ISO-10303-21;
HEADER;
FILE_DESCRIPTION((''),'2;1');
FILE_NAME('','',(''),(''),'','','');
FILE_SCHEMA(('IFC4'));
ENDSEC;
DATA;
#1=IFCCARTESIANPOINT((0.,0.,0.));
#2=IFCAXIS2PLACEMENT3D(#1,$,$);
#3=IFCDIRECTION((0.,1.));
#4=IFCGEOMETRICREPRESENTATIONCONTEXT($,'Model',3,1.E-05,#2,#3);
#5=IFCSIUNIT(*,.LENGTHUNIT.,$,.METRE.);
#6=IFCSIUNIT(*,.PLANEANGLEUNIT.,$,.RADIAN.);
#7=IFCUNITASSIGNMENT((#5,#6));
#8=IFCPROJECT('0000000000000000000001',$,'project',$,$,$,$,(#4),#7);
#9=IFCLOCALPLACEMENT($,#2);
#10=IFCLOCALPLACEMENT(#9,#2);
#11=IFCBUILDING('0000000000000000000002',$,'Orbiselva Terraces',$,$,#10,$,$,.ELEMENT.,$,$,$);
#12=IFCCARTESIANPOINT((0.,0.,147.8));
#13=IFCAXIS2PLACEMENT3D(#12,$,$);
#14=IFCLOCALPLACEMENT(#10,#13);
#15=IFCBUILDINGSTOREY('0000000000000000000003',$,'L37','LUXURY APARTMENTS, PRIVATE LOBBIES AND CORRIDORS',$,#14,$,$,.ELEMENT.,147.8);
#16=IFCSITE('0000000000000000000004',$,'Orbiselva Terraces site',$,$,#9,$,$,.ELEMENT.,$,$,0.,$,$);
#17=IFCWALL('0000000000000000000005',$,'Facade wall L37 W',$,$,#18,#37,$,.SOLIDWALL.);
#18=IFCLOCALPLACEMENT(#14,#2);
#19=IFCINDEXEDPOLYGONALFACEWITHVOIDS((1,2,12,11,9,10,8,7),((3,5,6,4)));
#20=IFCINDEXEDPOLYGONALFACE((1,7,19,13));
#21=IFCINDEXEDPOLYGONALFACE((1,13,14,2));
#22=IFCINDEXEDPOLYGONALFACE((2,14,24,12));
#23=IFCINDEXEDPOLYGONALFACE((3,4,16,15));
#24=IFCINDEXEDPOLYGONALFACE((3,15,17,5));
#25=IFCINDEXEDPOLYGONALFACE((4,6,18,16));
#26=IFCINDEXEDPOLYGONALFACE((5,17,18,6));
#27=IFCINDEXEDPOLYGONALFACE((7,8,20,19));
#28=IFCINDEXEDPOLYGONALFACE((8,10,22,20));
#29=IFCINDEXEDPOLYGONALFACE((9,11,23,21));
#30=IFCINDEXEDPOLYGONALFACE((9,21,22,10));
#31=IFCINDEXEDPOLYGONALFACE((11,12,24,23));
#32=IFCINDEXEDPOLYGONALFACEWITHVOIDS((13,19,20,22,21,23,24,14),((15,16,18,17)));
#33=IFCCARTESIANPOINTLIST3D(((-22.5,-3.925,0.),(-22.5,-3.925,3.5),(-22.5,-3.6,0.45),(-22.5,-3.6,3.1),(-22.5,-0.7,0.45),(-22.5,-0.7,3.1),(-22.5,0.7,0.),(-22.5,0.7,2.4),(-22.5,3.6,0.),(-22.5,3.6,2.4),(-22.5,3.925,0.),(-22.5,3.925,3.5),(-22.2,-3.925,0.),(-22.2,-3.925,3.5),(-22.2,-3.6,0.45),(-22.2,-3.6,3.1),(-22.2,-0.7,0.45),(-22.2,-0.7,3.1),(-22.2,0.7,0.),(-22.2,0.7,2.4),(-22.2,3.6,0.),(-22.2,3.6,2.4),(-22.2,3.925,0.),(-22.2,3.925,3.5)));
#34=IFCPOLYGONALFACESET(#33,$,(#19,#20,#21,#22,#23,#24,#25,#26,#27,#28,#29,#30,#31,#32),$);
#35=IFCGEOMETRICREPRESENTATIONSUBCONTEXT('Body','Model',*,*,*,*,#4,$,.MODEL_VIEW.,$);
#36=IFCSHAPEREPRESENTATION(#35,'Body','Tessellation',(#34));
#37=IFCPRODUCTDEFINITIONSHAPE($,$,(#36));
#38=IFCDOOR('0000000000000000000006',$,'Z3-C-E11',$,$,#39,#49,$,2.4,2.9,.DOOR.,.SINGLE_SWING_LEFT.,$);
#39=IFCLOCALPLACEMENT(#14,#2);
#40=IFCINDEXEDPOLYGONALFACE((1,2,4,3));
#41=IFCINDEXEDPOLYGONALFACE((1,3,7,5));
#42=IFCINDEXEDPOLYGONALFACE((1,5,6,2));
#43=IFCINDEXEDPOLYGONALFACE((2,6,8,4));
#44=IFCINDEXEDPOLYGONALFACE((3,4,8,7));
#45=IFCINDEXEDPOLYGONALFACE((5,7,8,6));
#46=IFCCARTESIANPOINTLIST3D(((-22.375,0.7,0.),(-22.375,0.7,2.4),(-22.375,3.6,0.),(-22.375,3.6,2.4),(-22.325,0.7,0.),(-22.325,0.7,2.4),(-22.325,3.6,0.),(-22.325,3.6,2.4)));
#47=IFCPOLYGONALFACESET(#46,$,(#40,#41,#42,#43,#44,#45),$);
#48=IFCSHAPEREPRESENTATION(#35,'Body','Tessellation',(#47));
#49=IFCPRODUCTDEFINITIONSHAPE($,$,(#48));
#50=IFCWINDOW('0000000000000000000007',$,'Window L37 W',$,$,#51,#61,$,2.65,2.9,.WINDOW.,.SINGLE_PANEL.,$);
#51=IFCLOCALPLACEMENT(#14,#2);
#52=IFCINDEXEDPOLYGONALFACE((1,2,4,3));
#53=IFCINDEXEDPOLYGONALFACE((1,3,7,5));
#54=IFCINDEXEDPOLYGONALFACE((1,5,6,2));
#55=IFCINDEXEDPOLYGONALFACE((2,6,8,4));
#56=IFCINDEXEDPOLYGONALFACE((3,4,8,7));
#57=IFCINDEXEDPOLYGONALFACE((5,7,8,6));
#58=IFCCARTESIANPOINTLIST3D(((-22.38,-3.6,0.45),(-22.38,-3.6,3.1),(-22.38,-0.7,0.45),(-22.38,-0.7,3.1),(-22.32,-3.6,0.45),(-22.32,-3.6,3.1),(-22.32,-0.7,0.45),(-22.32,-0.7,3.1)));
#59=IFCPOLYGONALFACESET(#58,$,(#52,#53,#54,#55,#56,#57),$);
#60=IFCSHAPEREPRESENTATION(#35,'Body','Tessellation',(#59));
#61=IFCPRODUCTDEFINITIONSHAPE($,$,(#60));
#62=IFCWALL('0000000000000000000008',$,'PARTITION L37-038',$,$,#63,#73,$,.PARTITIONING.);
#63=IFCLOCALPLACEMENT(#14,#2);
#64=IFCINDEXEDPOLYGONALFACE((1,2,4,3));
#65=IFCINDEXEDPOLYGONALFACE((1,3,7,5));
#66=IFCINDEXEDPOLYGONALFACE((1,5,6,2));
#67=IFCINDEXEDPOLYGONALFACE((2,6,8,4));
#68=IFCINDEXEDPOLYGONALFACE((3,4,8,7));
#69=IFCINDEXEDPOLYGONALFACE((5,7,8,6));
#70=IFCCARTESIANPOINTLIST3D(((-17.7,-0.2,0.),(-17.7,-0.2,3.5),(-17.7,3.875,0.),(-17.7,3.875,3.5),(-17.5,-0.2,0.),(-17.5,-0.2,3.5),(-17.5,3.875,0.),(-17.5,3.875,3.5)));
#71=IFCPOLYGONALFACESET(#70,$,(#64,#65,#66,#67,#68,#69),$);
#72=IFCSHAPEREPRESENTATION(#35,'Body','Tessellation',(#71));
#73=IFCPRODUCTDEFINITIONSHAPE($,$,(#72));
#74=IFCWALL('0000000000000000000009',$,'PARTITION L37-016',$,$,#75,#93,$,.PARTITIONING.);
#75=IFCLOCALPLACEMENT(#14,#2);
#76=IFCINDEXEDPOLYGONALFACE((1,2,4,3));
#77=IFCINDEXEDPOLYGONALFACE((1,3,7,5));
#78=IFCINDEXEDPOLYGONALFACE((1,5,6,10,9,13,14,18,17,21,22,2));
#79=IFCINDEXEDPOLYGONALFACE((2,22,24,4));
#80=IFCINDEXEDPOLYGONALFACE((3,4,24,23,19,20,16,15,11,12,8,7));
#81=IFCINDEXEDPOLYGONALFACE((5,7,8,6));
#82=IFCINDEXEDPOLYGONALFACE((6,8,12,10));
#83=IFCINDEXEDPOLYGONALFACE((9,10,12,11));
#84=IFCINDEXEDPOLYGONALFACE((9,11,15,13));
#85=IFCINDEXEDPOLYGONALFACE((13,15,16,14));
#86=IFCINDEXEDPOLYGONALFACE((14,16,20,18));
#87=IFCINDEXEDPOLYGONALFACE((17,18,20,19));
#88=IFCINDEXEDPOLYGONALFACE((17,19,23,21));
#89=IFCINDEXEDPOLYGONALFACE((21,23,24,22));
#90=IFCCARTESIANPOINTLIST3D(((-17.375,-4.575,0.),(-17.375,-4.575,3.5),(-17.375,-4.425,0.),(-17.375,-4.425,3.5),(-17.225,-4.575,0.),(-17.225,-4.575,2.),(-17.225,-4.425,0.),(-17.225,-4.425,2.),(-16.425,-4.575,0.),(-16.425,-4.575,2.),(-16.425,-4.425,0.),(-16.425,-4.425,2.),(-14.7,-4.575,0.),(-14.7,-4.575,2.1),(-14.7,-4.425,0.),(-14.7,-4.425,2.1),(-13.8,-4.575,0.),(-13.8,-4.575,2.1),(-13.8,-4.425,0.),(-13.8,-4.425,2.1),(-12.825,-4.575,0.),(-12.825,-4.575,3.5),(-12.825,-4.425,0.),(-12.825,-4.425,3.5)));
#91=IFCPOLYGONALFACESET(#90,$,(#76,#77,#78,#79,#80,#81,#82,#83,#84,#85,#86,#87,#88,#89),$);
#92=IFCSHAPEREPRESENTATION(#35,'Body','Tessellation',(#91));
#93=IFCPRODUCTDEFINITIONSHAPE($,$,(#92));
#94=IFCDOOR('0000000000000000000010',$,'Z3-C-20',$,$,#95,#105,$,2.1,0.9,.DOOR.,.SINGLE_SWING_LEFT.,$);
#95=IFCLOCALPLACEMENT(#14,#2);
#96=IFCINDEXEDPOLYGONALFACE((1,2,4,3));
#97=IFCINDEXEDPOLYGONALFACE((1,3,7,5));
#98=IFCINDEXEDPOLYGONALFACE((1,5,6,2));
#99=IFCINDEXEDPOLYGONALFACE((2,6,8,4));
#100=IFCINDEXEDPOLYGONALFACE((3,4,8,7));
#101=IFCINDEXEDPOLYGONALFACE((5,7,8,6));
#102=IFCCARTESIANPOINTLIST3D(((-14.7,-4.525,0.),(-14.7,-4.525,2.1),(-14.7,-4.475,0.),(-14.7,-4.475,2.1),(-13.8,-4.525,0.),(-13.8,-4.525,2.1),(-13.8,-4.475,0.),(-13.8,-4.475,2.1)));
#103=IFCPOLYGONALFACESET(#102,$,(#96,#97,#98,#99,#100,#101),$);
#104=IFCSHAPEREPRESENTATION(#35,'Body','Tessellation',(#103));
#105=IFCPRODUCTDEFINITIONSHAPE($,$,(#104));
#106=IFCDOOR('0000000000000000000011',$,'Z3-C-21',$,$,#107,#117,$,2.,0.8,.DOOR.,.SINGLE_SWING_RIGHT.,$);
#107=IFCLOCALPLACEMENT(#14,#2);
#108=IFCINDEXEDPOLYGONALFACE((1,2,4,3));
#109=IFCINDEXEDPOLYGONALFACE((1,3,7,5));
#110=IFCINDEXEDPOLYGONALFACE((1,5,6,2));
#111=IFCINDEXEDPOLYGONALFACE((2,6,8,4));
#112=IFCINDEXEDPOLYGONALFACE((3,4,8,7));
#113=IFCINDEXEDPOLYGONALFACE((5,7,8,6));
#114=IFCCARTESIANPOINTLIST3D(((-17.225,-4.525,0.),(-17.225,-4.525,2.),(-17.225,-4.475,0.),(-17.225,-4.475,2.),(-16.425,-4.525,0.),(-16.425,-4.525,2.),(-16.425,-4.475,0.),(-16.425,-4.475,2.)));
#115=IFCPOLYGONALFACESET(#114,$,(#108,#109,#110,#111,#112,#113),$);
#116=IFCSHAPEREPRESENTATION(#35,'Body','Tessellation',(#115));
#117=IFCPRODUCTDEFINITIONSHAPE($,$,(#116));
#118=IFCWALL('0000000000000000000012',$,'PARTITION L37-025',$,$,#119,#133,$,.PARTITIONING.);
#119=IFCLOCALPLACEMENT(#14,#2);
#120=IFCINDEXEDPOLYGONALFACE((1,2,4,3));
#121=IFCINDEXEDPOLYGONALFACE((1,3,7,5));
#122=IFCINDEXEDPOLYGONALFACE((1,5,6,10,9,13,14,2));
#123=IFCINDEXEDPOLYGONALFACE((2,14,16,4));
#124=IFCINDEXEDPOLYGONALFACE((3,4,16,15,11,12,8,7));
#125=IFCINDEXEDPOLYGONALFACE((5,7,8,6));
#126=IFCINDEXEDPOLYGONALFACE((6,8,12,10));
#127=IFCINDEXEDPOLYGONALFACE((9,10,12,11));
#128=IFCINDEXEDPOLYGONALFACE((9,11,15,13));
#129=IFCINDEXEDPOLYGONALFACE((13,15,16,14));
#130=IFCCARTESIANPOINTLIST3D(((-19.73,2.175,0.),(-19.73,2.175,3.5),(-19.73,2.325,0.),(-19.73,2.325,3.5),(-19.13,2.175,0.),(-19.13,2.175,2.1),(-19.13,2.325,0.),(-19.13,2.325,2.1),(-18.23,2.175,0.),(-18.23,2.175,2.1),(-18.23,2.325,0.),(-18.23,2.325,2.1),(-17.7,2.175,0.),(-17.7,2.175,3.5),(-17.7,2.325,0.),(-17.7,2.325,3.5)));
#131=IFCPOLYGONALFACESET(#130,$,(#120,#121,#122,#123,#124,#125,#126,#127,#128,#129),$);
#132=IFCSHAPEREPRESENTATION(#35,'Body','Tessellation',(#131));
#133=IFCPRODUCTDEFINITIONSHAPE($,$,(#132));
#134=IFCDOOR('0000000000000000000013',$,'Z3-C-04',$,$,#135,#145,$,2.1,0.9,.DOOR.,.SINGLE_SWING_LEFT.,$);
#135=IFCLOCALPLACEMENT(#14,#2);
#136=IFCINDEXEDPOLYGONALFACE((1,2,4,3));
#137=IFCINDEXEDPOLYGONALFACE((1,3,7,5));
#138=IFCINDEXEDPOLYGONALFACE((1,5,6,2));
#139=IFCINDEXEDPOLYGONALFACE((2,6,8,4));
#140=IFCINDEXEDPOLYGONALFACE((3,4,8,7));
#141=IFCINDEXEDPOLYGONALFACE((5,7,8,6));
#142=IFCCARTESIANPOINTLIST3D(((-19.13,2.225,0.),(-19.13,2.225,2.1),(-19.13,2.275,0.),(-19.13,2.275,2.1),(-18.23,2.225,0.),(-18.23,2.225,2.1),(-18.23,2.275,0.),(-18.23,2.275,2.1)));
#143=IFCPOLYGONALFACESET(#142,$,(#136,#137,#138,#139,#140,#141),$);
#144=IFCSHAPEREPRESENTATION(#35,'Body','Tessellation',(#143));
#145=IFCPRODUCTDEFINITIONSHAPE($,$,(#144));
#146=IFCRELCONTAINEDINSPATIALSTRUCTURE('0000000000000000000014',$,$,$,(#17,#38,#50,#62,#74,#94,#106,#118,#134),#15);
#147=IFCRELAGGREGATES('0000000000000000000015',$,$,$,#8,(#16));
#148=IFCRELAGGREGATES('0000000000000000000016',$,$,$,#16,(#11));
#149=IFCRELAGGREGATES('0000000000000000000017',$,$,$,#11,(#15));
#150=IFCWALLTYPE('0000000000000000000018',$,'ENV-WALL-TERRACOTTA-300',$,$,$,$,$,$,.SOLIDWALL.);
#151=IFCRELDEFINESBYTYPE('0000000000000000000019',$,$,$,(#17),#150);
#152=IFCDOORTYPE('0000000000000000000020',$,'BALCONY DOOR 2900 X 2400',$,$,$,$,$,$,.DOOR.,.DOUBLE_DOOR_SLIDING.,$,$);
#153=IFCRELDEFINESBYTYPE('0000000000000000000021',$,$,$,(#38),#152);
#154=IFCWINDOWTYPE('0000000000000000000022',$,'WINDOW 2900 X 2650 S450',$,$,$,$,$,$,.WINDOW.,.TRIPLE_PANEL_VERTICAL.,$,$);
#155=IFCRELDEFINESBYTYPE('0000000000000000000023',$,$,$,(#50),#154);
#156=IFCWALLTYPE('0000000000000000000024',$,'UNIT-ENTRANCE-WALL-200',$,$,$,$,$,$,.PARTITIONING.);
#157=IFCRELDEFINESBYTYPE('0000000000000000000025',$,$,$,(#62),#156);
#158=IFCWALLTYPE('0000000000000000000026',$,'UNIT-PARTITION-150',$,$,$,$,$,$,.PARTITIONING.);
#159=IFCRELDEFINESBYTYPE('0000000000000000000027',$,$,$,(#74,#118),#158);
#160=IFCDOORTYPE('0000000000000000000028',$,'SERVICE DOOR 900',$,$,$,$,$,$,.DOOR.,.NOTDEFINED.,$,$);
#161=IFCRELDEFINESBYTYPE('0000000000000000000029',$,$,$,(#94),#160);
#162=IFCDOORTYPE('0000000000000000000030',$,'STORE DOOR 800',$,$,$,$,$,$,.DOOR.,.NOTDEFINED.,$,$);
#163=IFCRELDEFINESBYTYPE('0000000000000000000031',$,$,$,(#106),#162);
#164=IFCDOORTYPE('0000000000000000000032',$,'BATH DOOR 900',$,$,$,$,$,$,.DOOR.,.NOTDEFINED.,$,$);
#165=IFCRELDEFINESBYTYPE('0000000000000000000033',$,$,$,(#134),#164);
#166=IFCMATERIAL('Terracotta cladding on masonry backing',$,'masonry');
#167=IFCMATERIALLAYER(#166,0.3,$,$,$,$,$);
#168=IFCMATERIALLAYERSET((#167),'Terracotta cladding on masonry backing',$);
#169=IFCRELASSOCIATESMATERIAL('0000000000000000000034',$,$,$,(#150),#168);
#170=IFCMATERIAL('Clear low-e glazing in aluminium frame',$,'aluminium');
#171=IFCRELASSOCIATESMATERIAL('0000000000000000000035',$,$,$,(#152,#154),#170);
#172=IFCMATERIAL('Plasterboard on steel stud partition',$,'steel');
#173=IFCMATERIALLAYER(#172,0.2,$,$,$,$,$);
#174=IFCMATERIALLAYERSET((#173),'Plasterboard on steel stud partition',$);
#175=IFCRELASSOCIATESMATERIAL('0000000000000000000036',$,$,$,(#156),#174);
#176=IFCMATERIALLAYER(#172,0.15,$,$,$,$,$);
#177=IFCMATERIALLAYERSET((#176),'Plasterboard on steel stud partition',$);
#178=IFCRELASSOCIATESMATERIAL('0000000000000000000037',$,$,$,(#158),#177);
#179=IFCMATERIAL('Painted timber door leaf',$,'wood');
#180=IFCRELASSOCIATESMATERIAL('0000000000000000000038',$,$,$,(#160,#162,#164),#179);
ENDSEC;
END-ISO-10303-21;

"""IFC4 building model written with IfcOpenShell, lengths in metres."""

from ifc_helpers import new_model, si_unit, direction, frame, frame_2d, origin, place, context, subcontext, project, spatial, rectangle, extrude, material, layer, layer_set, type_object, element, fill, save


model = new_model("IFC4")

# Units and contexts
model_context = context("Model", 3, precision=1e-05, world=origin(), true_north=direction((0.0, 1.0)))
body_context = subcontext(model_context, "Body", "Model", "MODEL_VIEW")
ifc_project = project(units=[si_unit("LENGTHUNIT", "METRE"), si_unit("PLANEANGLEUNIT", "RADIAN")], contexts=[model_context])

# Site, building, storey
site_placement = place(None, origin())
site = spatial("IfcSite", under=ifc_project, at=site_placement, Name="Orbiselva Terraces site", CompositionType="ELEMENT", RefElevation=0.0)
building_placement = place(site_placement, origin())
building = spatial("IfcBuilding", under=site, at=building_placement, Name="Orbiselva Terraces", CompositionType="ELEMENT")
storey_placement = place(building_placement, frame((0.0, 0.0, 147.8)))
storey = spatial("IfcBuildingStorey", under=building, at=storey_placement, Name="L37", Description="LUXURY APARTMENTS, PRIVATE LOBBIES AND CORRIDORS", CompositionType="ELEMENT", Elevation=147.8)

# Wall, openings, door, window
ifc_material_1 = material(Name="Terracotta cladding on masonry backing", Category="masonry")
ifc_layer_1 = layer(ifc_material_1, 0.3)
ifc_layer_set_1 = layer_set([ifc_layer_1], Name="Terracotta cladding on masonry backing")
wall_type_1 = type_object("IfcWallType", Name="ENV-WALL-TERRACOTTA-300", PredefinedType="SOLIDWALL", material=ifc_layer_set_1)
wall_1_placement = place(storey_placement, frame((-22.35, -3.925, 0.0), z_axis=(0.0, 0.0, 1.0), x_axis=(0.0, 1.0, 0.0)))
wall_1 = element("IfcWall", 1, at=wall_1_placement, inside=storey, type_object=wall_type_1, Name="Facade wall L37 W", PredefinedType="SOLIDWALL", context=body_context, shape_type="SweptSolid", body=[
    extrude(rectangle(XDim=7.85, YDim=0.3, at=frame_2d((3.925, 0.0))), origin(), (0.0, 0.0, 1.0), 3.5),
])
opening_1_placement = place(wall_1_placement, frame((4.625, 0.0, 0.0)))
opening_1 = element("IfcOpeningElement", 2, at=opening_1_placement, cuts=wall_1, PredefinedType="OPENING", context=body_context, shape_type="SweptSolid", body=[
    extrude(rectangle(XDim=2.9, YDim=2.4, at=frame_2d((1.45, 1.2))), frame((0.0, 0.16, 0.0), z_axis=(0.0, -1.0, 0.0), x_axis=(1.0, 0.0, 0.0)), (0.0, 0.0, 1.0), 0.32),
])
opening_2_placement = place(wall_1_placement, frame((0.325, 0.0, 0.45)))
opening_2 = element("IfcOpeningElement", 3, at=opening_2_placement, cuts=wall_1, PredefinedType="OPENING", context=body_context, shape_type="SweptSolid", body=[
    extrude(rectangle(XDim=2.9, YDim=2.65, at=frame_2d((1.45, 1.325))), frame((0.0, 0.16, 0.0), z_axis=(0.0, -1.0, 0.0), x_axis=(1.0, 0.0, 0.0)), (0.0, 0.0, 1.0), 0.32),
])
ifc_material_2 = material(Name="Clear low-e glazing in aluminium frame", Category="aluminium")
door_type_1 = type_object("IfcDoorType", Name="BALCONY DOOR 2900 X 2400", OperationType="DOUBLE_DOOR_SLIDING", PredefinedType="DOOR", material=ifc_material_2)
door_1_placement = place(opening_1_placement, origin())
door_1 = element("IfcDoor", 4, at=door_1_placement, inside=storey, type_object=door_type_1, Name="Z3-C-E11", OperationType="SINGLE_SWING_LEFT", OverallHeight=2.4, OverallWidth=2.9, PredefinedType="DOOR", context=body_context, shape_type="SweptSolid", body=[
    extrude(rectangle(XDim=2.9, YDim=2.4, at=frame_2d((1.45, 1.2))), frame((0.0, 0.025, 0.0), z_axis=(0.0, -1.0, 0.0), x_axis=(1.0, 0.0, 0.0)), (0.0, 0.0, 1.0), 0.05),
])
fill(opening_1, door_1)
window_type = type_object("IfcWindowType", Name="WINDOW 2900 X 2650 S450", PartitioningType="TRIPLE_PANEL_VERTICAL", PredefinedType="WINDOW", material=ifc_material_2)
window_placement = place(opening_2_placement, origin())
window = element("IfcWindow", 5, at=window_placement, inside=storey, type_object=window_type, Name="Window L37 W", OverallHeight=2.65, OverallWidth=2.9, PartitioningType="SINGLE_PANEL", PredefinedType="WINDOW", context=body_context, shape_type="SweptSolid", body=[
    extrude(rectangle(XDim=2.9, YDim=2.65, at=frame_2d((1.45, 1.325))), frame((0.0, 0.03, 0.0), z_axis=(0.0, -1.0, 0.0), x_axis=(1.0, 0.0, 0.0)), (0.0, 0.0, 1.0), 0.06),
])
fill(opening_2, window)

# Wall
ifc_material_3 = material(Name="Plasterboard on steel stud partition", Category="steel")
ifc_layer_2 = layer(ifc_material_3, 0.2)
ifc_layer_set_2 = layer_set([ifc_layer_2], Name="Plasterboard on steel stud partition")
wall_type_2 = type_object("IfcWallType", Name="UNIT-ENTRANCE-WALL-200", PredefinedType="PARTITIONING", material=ifc_layer_set_2)
wall_2_placement = place(storey_placement, frame((-17.6, -0.2, 0.0), z_axis=(0.0, 0.0, 1.0), x_axis=(0.0, 1.0, 0.0)))
element("IfcWall", 6, at=wall_2_placement, inside=storey, type_object=wall_type_2, Name="PARTITION L37-038", PredefinedType="PARTITIONING", context=body_context, shape_type="SweptSolid", body=[
    extrude(rectangle(XDim=4.075, YDim=0.2, at=frame_2d((2.0375, 0.0))), origin(), (0.0, 0.0, 1.0), 3.5),
])

# Wall, openings, doors
ifc_layer_3 = layer(ifc_material_3, 0.15)
ifc_layer_set_3 = layer_set([ifc_layer_3], Name="Plasterboard on steel stud partition")
wall_type_3 = type_object("IfcWallType", Name="UNIT-PARTITION-150", PredefinedType="PARTITIONING", material=ifc_layer_set_3)
wall_3_placement = place(storey_placement, frame((-12.825, -4.5, 0.0), z_axis=(0.0, 0.0, 1.0), x_axis=(-1.0, 0.0, 0.0)))
wall_3 = element("IfcWall", 7, at=wall_3_placement, inside=storey, type_object=wall_type_3, Name="PARTITION L37-016", PredefinedType="PARTITIONING", context=body_context, shape_type="SweptSolid", body=[
    extrude(rectangle(XDim=4.55, YDim=0.15, at=frame_2d((2.275, 0.0))), origin(), (0.0, 0.0, 1.0), 3.5),
])
opening_3_placement = place(wall_3_placement, frame((0.975, 0.0, 0.0)))
opening_3 = element("IfcOpeningElement", 8, at=opening_3_placement, cuts=wall_3, PredefinedType="OPENING", context=body_context, shape_type="SweptSolid", body=[
    extrude(rectangle(XDim=0.9, YDim=2.1, at=frame_2d((0.45, 1.05))), frame((0.0, 0.085, 0.0), z_axis=(0.0, -1.0, 0.0), x_axis=(1.0, 0.0, 0.0)), (0.0, 0.0, 1.0), 0.17),
])
opening_4_placement = place(wall_3_placement, frame((3.6, 0.0, 0.0)))
opening_4 = element("IfcOpeningElement", 9, at=opening_4_placement, cuts=wall_3, PredefinedType="OPENING", context=body_context, shape_type="SweptSolid", body=[
    extrude(rectangle(XDim=0.8, YDim=2.0, at=frame_2d((0.4, 1.0))), frame((0.0, 0.085, 0.0), z_axis=(0.0, -1.0, 0.0), x_axis=(1.0, 0.0, 0.0)), (0.0, 0.0, 1.0), 0.17),
])
ifc_material_4 = material(Name="Painted timber door leaf", Category="wood")
door_type_2 = type_object("IfcDoorType", Name="SERVICE DOOR 900", OperationType="NOTDEFINED", PredefinedType="DOOR", material=ifc_material_4)
door_2_placement = place(opening_3_placement, origin())
door_2 = element("IfcDoor", 10, at=door_2_placement, inside=storey, type_object=door_type_2, Name="Z3-C-20", OperationType="SINGLE_SWING_LEFT", OverallHeight=2.1, OverallWidth=0.9, PredefinedType="DOOR", context=body_context, shape_type="SweptSolid", body=[
    extrude(rectangle(XDim=0.9, YDim=2.1, at=frame_2d((0.45, 1.05))), frame((0.0, 0.025, 0.0), z_axis=(0.0, -1.0, 0.0), x_axis=(1.0, 0.0, 0.0)), (0.0, 0.0, 1.0), 0.05),
])
fill(opening_3, door_2)
door_type_3 = type_object("IfcDoorType", Name="STORE DOOR 800", OperationType="NOTDEFINED", PredefinedType="DOOR", material=ifc_material_4)
door_3_placement = place(opening_4_placement, origin())
door_3 = element("IfcDoor", 11, at=door_3_placement, inside=storey, type_object=door_type_3, Name="Z3-C-21", OperationType="SINGLE_SWING_RIGHT", OverallHeight=2.0, OverallWidth=0.8, PredefinedType="DOOR", context=body_context, shape_type="SweptSolid", body=[
    extrude(rectangle(XDim=0.8, YDim=2.0, at=frame_2d((0.4, 1.0))), frame((0.0, 0.025, 0.0), z_axis=(0.0, -1.0, 0.0), x_axis=(1.0, 0.0, 0.0)), (0.0, 0.0, 1.0), 0.05),
])
fill(opening_4, door_3)

# Wall, opening, door
wall_4_placement = place(storey_placement, frame((-17.7, 2.25, 0.0), z_axis=(0.0, 0.0, 1.0), x_axis=(-1.0, 0.0, 0.0)))
wall_4 = element("IfcWall", 12, at=wall_4_placement, inside=storey, type_object=wall_type_3, Name="PARTITION L37-025", PredefinedType="PARTITIONING", context=body_context, shape_type="SweptSolid", body=[
    extrude(rectangle(XDim=2.03, YDim=0.15, at=frame_2d((1.015, 0.0))), origin(), (0.0, 0.0, 1.0), 3.5),
])
opening_5_placement = place(wall_4_placement, frame((0.53, 0.0, 0.0)))
opening_5 = element("IfcOpeningElement", 13, at=opening_5_placement, cuts=wall_4, PredefinedType="OPENING", context=body_context, shape_type="SweptSolid", body=[
    extrude(rectangle(XDim=0.9, YDim=2.1, at=frame_2d((0.45, 1.05))), frame((0.0, 0.085, 0.0), z_axis=(0.0, -1.0, 0.0), x_axis=(1.0, 0.0, 0.0)), (0.0, 0.0, 1.0), 0.17),
])
door_type_4 = type_object("IfcDoorType", Name="BATH DOOR 900", OperationType="NOTDEFINED", PredefinedType="DOOR", material=ifc_material_4)
door_4_placement = place(opening_5_placement, origin())
door_4 = element("IfcDoor", 14, at=door_4_placement, inside=storey, type_object=door_type_4, Name="Z3-C-04", OperationType="SINGLE_SWING_LEFT", OverallHeight=2.1, OverallWidth=0.9, PredefinedType="DOOR", context=body_context, shape_type="SweptSolid", body=[
    extrude(rectangle(XDim=0.9, YDim=2.1, at=frame_2d((0.45, 1.05))), frame((0.0, 0.025, 0.0), z_axis=(0.0, -1.0, 0.0), x_axis=(1.0, 0.0, 0.0)), (0.0, 0.0, 1.0), 0.05),
])
fill(opening_5, door_4)

save(model, "model.ifc")
